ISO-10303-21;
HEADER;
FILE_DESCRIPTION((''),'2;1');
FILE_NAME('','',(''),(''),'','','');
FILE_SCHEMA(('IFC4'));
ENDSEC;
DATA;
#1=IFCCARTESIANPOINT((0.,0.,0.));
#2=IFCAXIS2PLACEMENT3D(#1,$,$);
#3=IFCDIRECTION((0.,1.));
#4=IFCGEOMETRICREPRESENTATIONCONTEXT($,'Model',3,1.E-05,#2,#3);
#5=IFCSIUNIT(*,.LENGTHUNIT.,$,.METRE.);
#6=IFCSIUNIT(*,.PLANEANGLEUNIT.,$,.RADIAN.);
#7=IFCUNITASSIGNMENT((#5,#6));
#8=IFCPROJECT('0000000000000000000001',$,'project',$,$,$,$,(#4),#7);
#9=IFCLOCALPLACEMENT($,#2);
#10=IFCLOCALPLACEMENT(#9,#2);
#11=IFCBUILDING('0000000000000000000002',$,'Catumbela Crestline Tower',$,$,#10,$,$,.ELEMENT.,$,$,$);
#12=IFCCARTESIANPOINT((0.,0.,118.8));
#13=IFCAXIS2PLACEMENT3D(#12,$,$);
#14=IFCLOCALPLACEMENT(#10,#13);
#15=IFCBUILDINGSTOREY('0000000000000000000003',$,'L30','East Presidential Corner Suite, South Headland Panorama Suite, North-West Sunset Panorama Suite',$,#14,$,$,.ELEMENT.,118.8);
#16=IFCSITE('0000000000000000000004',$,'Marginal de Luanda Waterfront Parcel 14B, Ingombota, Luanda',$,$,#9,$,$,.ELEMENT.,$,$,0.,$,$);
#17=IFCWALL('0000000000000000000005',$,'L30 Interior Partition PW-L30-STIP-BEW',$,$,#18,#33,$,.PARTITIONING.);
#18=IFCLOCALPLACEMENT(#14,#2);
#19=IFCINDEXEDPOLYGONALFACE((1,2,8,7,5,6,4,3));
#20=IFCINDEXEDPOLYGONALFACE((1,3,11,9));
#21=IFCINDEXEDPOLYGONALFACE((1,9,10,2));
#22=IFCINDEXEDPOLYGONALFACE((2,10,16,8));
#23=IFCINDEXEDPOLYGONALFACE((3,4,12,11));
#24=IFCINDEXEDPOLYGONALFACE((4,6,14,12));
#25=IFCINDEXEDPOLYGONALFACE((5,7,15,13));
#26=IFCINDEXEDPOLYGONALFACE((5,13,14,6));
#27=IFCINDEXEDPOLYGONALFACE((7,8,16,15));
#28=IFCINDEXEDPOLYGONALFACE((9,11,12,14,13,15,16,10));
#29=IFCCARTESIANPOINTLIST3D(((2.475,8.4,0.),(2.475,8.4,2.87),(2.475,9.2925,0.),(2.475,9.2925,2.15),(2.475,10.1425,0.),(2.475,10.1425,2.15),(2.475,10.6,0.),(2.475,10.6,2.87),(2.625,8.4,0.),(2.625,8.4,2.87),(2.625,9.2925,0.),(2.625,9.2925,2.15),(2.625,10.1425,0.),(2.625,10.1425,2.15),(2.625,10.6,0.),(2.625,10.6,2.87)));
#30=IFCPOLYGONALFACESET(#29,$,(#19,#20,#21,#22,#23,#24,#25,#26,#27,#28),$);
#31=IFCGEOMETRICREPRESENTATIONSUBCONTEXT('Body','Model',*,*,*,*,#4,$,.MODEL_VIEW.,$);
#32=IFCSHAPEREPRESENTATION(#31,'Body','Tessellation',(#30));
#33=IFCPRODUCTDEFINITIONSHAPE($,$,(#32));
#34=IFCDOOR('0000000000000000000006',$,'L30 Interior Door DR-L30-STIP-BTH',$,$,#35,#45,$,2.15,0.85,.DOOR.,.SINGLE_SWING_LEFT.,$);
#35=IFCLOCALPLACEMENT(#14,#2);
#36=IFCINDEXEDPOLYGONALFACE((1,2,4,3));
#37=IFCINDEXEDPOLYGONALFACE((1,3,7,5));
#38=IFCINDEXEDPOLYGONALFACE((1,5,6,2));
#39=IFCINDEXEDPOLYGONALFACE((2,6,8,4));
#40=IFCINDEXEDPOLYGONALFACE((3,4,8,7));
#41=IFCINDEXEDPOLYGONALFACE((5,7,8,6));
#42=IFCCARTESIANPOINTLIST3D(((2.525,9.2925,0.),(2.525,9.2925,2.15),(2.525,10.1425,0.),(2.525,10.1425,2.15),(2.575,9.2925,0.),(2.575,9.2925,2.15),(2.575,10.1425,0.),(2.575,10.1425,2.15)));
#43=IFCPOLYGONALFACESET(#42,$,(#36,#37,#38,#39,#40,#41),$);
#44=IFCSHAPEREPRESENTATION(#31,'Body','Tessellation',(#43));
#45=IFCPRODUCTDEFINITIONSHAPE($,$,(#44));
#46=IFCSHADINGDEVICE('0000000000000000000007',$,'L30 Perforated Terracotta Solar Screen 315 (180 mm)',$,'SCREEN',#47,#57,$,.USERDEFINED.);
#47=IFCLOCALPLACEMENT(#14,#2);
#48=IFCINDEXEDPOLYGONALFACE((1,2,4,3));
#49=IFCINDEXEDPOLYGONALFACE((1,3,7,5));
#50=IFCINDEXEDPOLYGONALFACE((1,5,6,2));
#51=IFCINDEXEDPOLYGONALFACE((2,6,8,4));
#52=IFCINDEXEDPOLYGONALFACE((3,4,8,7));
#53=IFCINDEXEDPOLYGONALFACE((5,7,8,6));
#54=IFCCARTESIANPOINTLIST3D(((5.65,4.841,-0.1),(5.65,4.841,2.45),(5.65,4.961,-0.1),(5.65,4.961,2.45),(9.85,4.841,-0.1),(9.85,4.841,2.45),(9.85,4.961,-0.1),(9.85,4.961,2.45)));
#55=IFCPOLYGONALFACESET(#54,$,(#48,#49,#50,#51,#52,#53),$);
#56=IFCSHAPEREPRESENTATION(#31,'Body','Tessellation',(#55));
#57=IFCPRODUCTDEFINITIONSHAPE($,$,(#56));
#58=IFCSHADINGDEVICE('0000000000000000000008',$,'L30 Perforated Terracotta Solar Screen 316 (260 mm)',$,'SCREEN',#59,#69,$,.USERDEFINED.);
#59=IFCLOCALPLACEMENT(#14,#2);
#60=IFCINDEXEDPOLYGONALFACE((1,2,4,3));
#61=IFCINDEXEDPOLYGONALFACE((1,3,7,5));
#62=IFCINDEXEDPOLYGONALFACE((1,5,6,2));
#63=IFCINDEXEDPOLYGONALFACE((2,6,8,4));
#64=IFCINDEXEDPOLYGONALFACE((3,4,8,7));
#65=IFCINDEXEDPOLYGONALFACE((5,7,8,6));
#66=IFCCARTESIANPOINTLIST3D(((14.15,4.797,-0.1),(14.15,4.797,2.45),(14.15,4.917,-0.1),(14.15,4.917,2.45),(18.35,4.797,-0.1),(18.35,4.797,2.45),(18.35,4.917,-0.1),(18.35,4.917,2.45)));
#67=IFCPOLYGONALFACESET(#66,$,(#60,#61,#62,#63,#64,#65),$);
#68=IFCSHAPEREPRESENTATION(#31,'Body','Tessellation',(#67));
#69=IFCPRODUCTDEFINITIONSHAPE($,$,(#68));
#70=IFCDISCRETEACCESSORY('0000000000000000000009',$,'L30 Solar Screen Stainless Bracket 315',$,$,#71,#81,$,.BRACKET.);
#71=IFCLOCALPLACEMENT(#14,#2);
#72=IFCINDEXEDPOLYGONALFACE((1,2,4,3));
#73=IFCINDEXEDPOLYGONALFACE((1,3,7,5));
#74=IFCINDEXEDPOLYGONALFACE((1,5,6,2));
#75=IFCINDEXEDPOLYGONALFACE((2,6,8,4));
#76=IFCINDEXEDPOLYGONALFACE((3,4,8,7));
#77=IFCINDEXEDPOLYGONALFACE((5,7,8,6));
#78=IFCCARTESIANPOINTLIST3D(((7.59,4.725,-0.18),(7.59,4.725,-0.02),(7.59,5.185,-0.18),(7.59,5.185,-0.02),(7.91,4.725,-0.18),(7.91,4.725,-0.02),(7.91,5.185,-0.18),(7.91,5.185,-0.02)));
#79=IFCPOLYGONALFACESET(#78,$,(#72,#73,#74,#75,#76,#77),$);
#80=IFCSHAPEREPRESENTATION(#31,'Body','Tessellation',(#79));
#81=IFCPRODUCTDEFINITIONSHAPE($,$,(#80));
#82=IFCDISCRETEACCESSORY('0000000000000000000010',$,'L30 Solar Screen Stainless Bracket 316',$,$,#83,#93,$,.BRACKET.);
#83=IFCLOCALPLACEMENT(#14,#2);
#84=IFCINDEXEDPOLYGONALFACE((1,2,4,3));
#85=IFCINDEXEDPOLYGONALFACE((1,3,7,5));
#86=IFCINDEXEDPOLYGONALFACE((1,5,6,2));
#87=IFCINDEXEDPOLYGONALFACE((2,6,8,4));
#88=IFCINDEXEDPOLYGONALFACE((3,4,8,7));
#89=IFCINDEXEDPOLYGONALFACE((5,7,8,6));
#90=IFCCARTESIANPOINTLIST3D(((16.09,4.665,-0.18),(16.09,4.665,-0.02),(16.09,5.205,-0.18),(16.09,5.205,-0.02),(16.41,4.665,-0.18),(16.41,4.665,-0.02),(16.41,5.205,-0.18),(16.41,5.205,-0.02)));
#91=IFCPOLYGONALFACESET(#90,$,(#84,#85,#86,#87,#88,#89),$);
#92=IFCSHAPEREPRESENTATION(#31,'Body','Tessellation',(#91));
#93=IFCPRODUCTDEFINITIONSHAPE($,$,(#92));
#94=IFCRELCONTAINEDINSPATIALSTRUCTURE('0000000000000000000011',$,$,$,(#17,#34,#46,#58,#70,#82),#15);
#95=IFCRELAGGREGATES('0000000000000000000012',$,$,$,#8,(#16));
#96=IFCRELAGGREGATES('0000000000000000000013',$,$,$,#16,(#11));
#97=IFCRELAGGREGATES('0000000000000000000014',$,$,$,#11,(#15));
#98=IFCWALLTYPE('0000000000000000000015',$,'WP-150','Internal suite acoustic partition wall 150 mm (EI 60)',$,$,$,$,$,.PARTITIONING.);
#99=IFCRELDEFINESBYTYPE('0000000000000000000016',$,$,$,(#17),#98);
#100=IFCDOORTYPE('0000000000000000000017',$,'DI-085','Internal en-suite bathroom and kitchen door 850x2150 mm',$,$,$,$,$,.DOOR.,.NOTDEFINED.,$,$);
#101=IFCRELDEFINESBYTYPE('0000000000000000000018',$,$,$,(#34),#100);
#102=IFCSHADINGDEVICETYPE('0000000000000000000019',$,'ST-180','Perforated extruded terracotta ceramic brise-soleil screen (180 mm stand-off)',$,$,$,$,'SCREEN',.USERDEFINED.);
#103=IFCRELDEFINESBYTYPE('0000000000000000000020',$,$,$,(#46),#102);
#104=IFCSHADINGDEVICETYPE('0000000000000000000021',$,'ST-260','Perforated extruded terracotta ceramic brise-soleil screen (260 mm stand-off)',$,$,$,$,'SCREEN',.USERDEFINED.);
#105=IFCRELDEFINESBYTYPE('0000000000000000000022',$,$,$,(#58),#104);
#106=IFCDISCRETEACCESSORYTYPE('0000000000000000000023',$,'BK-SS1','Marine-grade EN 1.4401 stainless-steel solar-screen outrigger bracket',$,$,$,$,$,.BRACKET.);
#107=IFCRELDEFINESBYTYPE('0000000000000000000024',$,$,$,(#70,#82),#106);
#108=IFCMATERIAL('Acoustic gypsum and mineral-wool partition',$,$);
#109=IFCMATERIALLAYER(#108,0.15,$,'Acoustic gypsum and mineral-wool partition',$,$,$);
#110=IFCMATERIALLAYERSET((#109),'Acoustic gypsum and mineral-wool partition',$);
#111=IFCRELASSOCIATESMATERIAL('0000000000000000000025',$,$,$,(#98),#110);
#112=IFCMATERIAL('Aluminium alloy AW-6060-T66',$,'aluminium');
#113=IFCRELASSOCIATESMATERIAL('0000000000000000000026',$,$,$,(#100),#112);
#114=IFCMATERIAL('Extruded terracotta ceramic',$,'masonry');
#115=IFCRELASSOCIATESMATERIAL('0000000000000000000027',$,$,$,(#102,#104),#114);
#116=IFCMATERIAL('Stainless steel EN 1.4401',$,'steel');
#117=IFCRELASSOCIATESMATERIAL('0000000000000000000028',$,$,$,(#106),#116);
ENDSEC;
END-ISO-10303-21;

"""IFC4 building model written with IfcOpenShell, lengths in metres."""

from ifc_helpers import new_model, si_unit, direction, frame, frame_2d, origin, origin_2d, place, context, subcontext, project, spatial, rectangle, extrude, material, layer, layer_set, type_object, element, fill, save


model = new_model("IFC4")

# Units and contexts
model_context = context("Model", 3, precision=1e-05, world=origin(), true_north=direction((0.0, 1.0)))
body_context = subcontext(model_context, "Body", "Model", "MODEL_VIEW")
ifc_project = project(units=[si_unit("LENGTHUNIT", "METRE"), si_unit("PLANEANGLEUNIT", "RADIAN")], contexts=[model_context])

# Site, building, storey
site_placement = place(None, origin())
site = spatial("IfcSite", under=ifc_project, at=site_placement, Name="Marginal de Luanda Waterfront Parcel 14B, Ingombota, Luanda", CompositionType="ELEMENT", RefElevation=0.0)
building_placement = place(site_placement, origin())
building = spatial("IfcBuilding", under=site, at=building_placement, Name="Catumbela Crestline Tower", CompositionType="ELEMENT")
storey_placement = place(building_placement, frame((0.0, 0.0, 118.8)))
storey = spatial("IfcBuildingStorey", under=building, at=storey_placement, Name="L30", Description="East Presidential Corner Suite, South Headland Panorama Suite, North-West Sunset Panorama Suite", CompositionType="ELEMENT", Elevation=118.8)

# Shared definitions
ifc_material_1 = material(Name="Aluminium alloy AW-6060-T66", Category="aluminium")

# Wall, opening, door
ifc_material_2 = material(Name="Acoustic gypsum and mineral-wool partition")
ifc_layer_1 = layer(ifc_material_2, 0.15, Name="Acoustic gypsum and mineral-wool partition")
ifc_layer_set_1 = layer_set([ifc_layer_1], Name="Acoustic gypsum and mineral-wool partition")
wall_type = type_object("IfcWallType", Name="WP-150", Description="Internal suite acoustic partition wall 150 mm (EI 60)", PredefinedType="PARTITIONING", material=ifc_layer_set_1)
wall_placement = place(storey_placement, frame((2.55, 8.4, 0.0), z_axis=(0.0, 0.0, 1.0), x_axis=(0.0, 1.0, 0.0)))
wall = element("IfcWall", 1, at=wall_placement, inside=storey, type_object=wall_type, Name="L30 Interior Partition PW-L30-STIP-BEW", PredefinedType="PARTITIONING", context=body_context, shape_type="SweptSolid", body=[
    extrude(rectangle(XDim=2.2, YDim=0.15, at=frame_2d((1.1, 0.0))), origin(), (0.0, 0.0, 1.0), 2.87),
])
opening_placement = place(wall_placement, frame((0.8925, 0.0, 0.0)))
opening = element("IfcOpeningElement", 2, at=opening_placement, cuts=wall, PredefinedType="OPENING", context=body_context, shape_type="SweptSolid", body=[
    extrude(rectangle(XDim=0.85, YDim=2.15, at=frame_2d((0.425, 1.075))), frame((0.0, 0.085, 0.0), z_axis=(0.0, -1.0, 0.0), x_axis=(1.0, 0.0, 0.0)), (0.0, 0.0, 1.0), 0.17),
])
door_type = type_object("IfcDoorType", Name="DI-085", Description="Internal en-suite bathroom and kitchen door 850x2150 mm", OperationType="NOTDEFINED", PredefinedType="DOOR", material=ifc_material_1)
door_placement = place(opening_placement, origin())
door = element("IfcDoor", 3, at=door_placement, inside=storey, type_object=door_type, Name="L30 Interior Door DR-L30-STIP-BTH", OperationType="SINGLE_SWING_LEFT", OverallHeight=2.15, OverallWidth=0.85, PredefinedType="DOOR", context=body_context, shape_type="SweptSolid", body=[
    extrude(rectangle(XDim=0.85, YDim=2.15, at=frame_2d((0.425, 1.075))), frame((0.0, 0.025, 0.0), z_axis=(0.0, -1.0, 0.0), x_axis=(1.0, 0.0, 0.0)), (0.0, 0.0, 1.0), 0.05),
])
fill(opening, door)

# Shading devices
ifc_material_3 = material(Name="Extruded terracotta ceramic", Category="masonry")
shading_device_type_1 = type_object("IfcShadingDeviceType", Name="ST-180", Description="Perforated extruded terracotta ceramic brise-soleil screen (180 mm stand-off)", ElementType="SCREEN", PredefinedType="USERDEFINED", material=ifc_material_3)
shading_device_1_placement = place(storey_placement, frame((7.75, 4.901, -0.1), z_axis=(0.0, 0.0, 1.0), x_axis=(1.0, 0.0, 0.0)))
element("IfcShadingDevice", 4, at=shading_device_1_placement, inside=storey, type_object=shading_device_type_1, Name="L30 Perforated Terracotta Solar Screen 315 (180 mm)", ObjectType="SCREEN", PredefinedType="USERDEFINED", context=body_context, shape_type="SweptSolid", body=[
    extrude(rectangle(XDim=4.2, YDim=0.12, at=origin_2d()), origin(), (0.0, 0.0, 1.0), 2.55),
])
shading_device_type_2 = type_object("IfcShadingDeviceType", Name="ST-260", Description="Perforated extruded terracotta ceramic brise-soleil screen (260 mm stand-off)", ElementType="SCREEN", PredefinedType="USERDEFINED", material=ifc_material_3)
shading_device_2_placement = place(storey_placement, frame((16.25, 4.857, -0.1), z_axis=(0.0, 0.0, 1.0), x_axis=(1.0, 0.0, 0.0)))
element("IfcShadingDevice", 5, at=shading_device_2_placement, inside=storey, type_object=shading_device_type_2, Name="L30 Perforated Terracotta Solar Screen 316 (260 mm)", ObjectType="SCREEN", PredefinedType="USERDEFINED", context=body_context, shape_type="SweptSolid", body=[
    extrude(rectangle(XDim=4.2, YDim=0.12, at=origin_2d()), origin(), (0.0, 0.0, 1.0), 2.55),
])

# Discrete accessories
ifc_material_4 = material(Name="Stainless steel EN 1.4401", Category="steel")
discrete_accessory_type = type_object("IfcDiscreteAccessoryType", Name="BK-SS1", Description="Marine-grade EN 1.4401 stainless-steel solar-screen outrigger bracket", PredefinedType="BRACKET", material=ifc_material_4)
discrete_accessory_1_placement = place(storey_placement, frame((7.75, 4.955, -0.18), z_axis=(0.0, 0.0, 1.0), x_axis=(1.0, 0.0, 0.0)))
element("IfcDiscreteAccessory", 6, at=discrete_accessory_1_placement, inside=storey, type_object=discrete_accessory_type, Name="L30 Solar Screen Stainless Bracket 315", PredefinedType="BRACKET", context=body_context, shape_type="SweptSolid", body=[
    extrude(rectangle(XDim=0.32, YDim=0.46, at=origin_2d()), origin(), (0.0, 0.0, 1.0), 0.16),
])
discrete_accessory_2_placement = place(storey_placement, frame((16.25, 4.935, -0.18), z_axis=(0.0, 0.0, 1.0), x_axis=(1.0, 0.0, 0.0)))
element("IfcDiscreteAccessory", 7, at=discrete_accessory_2_placement, inside=storey, type_object=discrete_accessory_type, Name="L30 Solar Screen Stainless Bracket 316", PredefinedType="BRACKET", context=body_context, shape_type="SweptSolid", body=[
    extrude(rectangle(XDim=0.32, YDim=0.54, at=origin_2d()), origin(), (0.0, 0.0, 1.0), 0.16),
])

save(model, "model.ifc")
